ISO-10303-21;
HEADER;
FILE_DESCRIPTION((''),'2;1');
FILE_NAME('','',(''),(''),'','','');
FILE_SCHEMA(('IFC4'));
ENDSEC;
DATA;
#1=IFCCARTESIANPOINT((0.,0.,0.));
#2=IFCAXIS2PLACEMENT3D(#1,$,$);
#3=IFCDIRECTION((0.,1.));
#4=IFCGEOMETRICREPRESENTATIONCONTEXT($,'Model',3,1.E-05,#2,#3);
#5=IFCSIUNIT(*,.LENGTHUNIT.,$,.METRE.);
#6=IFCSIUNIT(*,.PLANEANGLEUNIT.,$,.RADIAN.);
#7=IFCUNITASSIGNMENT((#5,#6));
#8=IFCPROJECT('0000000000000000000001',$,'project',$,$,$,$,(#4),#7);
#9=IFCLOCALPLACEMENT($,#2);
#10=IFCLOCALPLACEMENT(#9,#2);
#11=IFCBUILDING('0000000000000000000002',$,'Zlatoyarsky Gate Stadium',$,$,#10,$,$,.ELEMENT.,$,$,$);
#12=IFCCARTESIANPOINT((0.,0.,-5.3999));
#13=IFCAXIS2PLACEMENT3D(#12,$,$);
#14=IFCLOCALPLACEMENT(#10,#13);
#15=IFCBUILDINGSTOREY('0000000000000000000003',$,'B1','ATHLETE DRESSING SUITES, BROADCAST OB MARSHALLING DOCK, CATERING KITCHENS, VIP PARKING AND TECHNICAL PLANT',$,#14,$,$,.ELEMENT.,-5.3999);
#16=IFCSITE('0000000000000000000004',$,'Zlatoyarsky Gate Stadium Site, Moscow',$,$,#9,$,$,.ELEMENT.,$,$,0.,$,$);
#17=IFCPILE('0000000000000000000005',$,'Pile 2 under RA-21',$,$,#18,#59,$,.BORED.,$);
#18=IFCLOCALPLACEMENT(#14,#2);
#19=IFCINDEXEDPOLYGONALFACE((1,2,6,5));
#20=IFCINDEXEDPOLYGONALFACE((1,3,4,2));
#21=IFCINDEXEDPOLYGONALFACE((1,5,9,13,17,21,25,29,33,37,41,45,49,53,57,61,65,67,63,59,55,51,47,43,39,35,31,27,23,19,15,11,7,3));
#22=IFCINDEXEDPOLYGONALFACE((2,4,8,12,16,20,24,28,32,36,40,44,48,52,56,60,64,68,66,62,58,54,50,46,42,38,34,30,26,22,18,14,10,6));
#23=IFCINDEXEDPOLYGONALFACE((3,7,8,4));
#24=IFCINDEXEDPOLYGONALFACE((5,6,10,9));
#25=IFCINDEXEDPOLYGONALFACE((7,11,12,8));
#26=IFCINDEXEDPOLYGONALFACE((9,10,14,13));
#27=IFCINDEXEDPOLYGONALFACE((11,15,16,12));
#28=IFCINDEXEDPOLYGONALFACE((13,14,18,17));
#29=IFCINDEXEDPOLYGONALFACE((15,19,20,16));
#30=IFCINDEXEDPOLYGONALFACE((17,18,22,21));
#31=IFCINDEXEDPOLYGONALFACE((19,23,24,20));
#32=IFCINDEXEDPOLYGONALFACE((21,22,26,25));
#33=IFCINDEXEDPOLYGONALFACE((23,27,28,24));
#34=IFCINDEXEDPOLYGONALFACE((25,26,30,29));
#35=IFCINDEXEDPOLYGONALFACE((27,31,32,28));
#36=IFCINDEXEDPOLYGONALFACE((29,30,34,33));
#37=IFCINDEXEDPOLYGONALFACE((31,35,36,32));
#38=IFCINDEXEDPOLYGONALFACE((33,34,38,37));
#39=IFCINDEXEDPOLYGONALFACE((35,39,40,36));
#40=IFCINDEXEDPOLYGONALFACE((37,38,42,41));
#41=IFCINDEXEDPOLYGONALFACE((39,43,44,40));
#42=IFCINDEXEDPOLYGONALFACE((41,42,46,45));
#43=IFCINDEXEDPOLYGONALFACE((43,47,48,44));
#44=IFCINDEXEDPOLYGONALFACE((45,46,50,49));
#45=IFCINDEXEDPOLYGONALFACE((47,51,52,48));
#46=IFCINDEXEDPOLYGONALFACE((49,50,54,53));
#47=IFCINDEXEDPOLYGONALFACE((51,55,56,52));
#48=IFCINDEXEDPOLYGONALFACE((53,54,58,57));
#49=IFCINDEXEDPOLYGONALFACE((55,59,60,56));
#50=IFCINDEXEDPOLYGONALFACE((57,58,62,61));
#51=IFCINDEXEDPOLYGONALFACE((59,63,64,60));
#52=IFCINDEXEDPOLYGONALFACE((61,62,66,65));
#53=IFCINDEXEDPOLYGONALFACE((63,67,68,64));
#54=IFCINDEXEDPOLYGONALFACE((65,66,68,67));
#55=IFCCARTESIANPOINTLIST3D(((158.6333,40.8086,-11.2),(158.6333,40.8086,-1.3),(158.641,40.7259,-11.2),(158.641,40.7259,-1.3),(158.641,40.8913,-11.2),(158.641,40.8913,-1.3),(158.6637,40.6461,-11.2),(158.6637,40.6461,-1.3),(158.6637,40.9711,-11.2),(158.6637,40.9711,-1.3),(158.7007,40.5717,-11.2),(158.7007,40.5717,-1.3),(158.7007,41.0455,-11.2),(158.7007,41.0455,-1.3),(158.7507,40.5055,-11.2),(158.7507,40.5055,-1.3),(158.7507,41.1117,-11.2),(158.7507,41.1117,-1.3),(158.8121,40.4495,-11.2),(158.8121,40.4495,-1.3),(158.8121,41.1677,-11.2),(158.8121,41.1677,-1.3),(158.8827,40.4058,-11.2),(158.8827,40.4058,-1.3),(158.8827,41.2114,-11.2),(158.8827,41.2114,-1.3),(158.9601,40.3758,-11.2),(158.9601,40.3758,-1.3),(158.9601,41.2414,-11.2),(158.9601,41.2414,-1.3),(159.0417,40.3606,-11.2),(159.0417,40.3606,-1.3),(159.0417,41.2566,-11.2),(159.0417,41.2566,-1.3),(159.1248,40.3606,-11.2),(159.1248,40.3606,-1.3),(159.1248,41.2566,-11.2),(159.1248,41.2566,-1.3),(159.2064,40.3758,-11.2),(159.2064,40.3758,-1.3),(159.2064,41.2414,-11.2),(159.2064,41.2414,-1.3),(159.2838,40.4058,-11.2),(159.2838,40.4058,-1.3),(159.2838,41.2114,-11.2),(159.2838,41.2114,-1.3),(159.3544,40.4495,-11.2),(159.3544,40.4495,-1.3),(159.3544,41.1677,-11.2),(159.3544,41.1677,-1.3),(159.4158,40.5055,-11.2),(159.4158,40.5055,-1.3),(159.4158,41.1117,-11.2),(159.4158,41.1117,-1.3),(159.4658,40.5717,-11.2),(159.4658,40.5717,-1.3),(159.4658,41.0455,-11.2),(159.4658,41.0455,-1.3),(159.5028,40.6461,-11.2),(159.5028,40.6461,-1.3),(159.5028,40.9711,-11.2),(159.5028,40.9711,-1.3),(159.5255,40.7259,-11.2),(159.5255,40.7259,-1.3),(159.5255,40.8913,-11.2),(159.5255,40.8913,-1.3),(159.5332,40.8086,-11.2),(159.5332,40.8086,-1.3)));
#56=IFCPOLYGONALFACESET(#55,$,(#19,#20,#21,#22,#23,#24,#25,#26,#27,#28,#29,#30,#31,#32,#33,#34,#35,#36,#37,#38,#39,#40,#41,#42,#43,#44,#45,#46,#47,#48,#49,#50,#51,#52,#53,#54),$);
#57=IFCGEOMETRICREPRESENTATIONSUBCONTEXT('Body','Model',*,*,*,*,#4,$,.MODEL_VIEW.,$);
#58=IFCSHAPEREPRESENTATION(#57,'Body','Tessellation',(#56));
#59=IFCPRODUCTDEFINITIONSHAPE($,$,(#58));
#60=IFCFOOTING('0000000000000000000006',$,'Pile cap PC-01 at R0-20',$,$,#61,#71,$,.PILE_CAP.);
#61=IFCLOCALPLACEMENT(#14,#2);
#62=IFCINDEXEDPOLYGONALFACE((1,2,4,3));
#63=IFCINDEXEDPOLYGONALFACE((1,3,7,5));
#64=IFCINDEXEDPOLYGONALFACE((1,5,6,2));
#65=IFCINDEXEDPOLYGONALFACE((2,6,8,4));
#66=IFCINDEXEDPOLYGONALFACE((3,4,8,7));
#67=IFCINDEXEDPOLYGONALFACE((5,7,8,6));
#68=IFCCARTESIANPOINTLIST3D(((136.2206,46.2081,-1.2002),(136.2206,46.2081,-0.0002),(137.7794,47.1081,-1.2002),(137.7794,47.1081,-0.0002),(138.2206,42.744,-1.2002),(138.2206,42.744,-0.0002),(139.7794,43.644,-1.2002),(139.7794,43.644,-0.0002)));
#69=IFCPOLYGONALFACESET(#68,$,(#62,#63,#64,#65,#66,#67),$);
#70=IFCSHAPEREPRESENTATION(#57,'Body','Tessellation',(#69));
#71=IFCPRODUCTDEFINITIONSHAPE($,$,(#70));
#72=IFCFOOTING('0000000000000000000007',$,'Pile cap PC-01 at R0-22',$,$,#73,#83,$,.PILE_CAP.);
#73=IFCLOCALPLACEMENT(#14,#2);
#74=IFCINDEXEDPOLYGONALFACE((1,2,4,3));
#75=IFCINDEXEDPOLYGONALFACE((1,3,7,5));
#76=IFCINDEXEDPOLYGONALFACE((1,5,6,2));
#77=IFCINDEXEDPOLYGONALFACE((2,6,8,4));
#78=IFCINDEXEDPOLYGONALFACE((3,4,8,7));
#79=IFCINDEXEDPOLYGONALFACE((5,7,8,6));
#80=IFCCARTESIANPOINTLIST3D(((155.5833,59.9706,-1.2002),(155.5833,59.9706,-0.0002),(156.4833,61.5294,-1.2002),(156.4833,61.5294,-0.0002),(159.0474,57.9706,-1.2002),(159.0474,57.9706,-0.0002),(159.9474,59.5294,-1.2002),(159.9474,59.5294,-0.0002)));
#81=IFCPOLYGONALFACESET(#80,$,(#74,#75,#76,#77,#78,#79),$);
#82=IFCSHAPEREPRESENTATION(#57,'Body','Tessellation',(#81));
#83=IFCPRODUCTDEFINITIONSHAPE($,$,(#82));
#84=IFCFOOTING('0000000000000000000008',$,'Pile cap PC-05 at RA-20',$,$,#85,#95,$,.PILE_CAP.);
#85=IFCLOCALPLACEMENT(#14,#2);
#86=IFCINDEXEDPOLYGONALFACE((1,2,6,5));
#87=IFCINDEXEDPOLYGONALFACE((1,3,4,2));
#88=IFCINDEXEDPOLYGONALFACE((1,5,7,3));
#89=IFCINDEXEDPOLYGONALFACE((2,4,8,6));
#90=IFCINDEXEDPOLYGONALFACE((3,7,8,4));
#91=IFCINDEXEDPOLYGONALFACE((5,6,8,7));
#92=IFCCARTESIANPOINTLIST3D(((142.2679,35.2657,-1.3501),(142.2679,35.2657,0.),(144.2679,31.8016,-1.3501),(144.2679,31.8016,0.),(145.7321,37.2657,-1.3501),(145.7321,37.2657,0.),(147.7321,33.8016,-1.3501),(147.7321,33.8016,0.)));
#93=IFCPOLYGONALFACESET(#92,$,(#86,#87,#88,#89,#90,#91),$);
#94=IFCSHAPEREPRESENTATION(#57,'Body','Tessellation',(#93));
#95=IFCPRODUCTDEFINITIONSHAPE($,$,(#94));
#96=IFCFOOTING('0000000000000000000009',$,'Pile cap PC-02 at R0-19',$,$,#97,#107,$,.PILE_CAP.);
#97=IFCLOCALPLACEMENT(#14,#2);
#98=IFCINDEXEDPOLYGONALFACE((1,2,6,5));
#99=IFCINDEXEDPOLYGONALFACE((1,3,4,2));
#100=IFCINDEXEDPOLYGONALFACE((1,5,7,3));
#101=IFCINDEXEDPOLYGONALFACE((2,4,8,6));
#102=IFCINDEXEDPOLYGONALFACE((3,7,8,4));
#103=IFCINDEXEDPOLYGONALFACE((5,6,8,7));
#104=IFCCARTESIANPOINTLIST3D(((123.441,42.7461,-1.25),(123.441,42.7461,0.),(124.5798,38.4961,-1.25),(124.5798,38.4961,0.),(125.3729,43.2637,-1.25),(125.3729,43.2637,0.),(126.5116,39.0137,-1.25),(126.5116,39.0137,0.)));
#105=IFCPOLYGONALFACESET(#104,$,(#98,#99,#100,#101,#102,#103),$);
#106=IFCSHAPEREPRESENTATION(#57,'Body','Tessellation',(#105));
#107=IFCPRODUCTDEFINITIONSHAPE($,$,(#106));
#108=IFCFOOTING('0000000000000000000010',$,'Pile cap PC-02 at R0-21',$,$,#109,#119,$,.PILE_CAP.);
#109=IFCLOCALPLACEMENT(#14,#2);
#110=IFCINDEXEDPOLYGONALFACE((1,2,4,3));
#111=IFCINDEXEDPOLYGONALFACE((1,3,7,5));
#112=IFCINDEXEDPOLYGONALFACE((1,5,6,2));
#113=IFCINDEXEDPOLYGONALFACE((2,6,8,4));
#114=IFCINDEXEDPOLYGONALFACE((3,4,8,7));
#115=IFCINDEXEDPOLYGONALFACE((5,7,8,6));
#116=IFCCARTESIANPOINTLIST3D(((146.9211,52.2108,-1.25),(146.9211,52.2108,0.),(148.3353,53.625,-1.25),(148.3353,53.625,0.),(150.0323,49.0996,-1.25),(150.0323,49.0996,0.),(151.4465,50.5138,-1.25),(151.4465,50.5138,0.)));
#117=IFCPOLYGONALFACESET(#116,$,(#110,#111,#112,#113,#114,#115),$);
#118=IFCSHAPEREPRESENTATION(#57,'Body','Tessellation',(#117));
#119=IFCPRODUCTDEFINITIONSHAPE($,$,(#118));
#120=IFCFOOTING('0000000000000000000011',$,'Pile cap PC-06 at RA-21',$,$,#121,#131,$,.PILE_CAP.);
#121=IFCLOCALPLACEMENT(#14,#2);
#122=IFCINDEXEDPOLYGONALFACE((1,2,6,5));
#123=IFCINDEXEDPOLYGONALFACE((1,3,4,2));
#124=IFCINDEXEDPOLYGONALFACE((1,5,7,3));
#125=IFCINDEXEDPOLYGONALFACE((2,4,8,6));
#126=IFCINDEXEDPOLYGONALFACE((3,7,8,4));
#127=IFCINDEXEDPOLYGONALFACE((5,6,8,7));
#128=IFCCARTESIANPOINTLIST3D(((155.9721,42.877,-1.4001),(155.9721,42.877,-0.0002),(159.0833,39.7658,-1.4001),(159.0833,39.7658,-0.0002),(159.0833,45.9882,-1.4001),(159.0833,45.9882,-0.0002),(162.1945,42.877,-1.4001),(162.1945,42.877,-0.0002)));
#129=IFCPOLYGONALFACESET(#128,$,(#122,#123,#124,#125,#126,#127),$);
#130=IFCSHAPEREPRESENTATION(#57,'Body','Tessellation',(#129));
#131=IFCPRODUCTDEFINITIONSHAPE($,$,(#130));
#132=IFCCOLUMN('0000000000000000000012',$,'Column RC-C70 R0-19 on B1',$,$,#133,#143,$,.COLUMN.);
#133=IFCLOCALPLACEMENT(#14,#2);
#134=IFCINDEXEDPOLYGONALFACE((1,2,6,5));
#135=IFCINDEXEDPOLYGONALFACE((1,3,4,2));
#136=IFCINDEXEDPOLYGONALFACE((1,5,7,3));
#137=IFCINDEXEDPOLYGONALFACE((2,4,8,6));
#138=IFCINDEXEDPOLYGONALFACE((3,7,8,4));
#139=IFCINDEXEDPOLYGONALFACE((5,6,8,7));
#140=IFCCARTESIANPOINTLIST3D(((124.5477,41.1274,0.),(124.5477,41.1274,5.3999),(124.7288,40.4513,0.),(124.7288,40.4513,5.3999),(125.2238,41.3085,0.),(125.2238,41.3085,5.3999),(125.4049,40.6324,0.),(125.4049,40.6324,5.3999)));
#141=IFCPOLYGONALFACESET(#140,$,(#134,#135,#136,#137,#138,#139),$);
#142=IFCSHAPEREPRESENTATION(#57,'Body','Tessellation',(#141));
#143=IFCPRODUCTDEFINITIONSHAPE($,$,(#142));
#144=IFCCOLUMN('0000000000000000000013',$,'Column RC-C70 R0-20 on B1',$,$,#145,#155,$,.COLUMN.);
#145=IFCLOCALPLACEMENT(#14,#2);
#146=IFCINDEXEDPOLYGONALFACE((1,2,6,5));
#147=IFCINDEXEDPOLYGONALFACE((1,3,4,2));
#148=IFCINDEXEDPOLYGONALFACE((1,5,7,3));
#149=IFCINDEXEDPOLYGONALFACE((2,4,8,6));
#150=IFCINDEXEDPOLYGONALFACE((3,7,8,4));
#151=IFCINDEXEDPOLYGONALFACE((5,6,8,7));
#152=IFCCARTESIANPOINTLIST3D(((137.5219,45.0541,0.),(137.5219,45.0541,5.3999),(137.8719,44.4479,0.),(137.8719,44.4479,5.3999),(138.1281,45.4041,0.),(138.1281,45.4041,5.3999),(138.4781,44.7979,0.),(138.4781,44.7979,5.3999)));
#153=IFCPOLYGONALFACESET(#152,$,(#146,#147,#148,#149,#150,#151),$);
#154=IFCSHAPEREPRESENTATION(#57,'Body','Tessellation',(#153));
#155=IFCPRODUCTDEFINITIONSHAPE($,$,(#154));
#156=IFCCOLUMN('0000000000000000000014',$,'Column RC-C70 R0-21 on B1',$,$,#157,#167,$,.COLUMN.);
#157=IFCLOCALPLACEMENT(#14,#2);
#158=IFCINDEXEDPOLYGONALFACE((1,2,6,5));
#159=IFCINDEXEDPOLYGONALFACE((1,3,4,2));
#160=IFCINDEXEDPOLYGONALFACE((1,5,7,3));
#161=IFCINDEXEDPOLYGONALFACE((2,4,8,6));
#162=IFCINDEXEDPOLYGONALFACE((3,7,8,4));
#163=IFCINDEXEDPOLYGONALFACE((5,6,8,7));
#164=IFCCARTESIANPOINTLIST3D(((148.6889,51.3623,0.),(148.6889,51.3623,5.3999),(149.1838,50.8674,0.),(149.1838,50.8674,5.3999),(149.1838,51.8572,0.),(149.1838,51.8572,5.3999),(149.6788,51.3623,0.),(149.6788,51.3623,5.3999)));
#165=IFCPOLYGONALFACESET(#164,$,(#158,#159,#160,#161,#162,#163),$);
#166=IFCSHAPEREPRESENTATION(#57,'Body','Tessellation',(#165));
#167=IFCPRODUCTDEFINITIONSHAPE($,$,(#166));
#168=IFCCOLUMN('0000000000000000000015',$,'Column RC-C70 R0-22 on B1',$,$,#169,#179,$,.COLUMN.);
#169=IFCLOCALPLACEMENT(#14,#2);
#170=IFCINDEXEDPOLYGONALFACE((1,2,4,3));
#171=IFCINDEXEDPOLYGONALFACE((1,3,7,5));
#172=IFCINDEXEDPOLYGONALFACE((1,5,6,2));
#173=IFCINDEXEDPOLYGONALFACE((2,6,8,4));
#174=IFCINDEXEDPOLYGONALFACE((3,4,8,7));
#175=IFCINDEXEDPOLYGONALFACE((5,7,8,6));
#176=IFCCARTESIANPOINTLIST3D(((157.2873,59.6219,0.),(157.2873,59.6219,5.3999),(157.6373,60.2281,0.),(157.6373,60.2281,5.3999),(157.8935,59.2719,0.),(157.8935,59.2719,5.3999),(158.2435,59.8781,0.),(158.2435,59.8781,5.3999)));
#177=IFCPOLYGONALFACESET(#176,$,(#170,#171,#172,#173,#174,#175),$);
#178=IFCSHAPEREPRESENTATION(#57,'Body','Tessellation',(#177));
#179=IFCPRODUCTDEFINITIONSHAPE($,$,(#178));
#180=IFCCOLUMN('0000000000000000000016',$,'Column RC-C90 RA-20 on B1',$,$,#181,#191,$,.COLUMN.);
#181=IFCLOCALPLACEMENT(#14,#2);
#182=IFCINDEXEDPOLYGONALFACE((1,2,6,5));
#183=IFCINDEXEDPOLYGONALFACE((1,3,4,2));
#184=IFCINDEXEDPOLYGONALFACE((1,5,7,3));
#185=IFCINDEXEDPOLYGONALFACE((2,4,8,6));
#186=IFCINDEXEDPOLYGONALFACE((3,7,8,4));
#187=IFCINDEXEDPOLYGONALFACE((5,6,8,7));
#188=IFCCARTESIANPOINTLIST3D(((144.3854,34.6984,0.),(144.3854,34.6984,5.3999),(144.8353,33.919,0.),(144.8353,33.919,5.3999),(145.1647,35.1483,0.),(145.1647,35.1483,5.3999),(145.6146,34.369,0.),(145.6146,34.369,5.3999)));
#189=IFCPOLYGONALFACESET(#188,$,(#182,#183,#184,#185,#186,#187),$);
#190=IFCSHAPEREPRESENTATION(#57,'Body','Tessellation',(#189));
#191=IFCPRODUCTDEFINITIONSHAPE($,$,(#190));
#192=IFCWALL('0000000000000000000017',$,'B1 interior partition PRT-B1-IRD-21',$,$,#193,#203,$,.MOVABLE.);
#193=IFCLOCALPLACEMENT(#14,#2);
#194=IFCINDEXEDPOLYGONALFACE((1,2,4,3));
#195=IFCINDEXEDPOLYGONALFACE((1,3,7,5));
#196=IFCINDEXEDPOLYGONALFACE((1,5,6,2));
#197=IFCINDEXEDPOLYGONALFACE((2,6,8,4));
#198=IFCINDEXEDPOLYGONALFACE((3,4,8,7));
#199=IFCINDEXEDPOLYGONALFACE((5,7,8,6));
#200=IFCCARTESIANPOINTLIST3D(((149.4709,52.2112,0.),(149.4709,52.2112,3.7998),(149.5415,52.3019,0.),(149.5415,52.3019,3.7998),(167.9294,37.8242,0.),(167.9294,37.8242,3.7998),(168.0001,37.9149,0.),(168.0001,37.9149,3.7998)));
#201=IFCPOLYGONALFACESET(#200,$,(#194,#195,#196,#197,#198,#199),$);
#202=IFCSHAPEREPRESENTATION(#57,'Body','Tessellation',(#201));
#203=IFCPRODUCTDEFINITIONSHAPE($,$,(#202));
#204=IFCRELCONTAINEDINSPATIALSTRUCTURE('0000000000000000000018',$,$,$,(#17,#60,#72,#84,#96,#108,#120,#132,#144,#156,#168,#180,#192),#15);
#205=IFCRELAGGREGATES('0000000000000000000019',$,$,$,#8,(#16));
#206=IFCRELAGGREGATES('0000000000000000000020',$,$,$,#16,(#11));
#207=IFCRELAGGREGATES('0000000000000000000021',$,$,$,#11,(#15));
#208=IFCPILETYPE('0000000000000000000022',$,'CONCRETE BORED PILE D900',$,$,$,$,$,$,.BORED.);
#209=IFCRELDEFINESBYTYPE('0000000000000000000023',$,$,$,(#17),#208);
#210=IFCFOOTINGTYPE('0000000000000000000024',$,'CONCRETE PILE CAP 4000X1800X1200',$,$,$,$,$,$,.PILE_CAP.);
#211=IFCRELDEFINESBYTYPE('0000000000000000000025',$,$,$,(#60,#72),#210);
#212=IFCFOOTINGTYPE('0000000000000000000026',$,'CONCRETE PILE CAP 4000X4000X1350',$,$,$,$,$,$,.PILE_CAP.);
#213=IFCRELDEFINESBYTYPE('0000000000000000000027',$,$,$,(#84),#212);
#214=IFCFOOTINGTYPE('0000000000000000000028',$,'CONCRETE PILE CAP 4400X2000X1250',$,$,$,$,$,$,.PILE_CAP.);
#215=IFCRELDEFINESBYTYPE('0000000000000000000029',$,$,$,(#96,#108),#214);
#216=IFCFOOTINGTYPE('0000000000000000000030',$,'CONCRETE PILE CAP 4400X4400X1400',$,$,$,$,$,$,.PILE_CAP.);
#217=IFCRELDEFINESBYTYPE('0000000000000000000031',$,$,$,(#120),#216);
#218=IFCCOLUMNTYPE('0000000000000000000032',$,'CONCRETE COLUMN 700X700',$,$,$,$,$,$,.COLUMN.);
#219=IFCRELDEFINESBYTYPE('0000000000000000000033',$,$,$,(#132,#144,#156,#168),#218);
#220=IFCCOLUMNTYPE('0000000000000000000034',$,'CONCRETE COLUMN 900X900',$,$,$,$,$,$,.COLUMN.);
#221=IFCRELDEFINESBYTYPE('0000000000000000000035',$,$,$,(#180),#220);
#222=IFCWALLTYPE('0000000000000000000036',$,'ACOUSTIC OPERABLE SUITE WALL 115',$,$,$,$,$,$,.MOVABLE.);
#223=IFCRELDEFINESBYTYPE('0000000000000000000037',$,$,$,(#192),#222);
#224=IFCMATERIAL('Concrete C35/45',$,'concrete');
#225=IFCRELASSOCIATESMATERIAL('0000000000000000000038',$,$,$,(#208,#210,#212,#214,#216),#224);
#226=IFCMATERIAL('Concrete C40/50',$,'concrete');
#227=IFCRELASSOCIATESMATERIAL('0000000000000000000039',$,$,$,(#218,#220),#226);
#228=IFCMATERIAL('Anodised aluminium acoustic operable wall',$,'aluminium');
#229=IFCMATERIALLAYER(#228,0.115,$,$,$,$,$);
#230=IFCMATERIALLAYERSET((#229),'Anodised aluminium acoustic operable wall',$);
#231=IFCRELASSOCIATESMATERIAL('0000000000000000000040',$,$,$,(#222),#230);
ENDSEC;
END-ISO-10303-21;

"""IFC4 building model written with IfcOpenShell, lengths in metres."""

from ifc_helpers import new_model, si_unit, direction, frame, frame_2d, origin, origin_2d, place, context, subcontext, project, spatial, rectangle, circle, extrude, material, layer, layer_set, material_profile, profile_set, type_object, element, save


model = new_model("IFC4")

# Units and contexts
model_context = context("Model", 3, precision=1e-05, world=origin(), true_north=direction((0.0, 1.0)))
body_context = subcontext(model_context, "Body", "Model", "MODEL_VIEW")
ifc_project = project(units=[si_unit("LENGTHUNIT", "METRE"), si_unit("PLANEANGLEUNIT", "RADIAN")], contexts=[model_context])

# Site, building, storey
site_placement = place(None, origin())
site = spatial("IfcSite", under=ifc_project, at=site_placement, Name="Zlatoyarsky Gate Stadium Site, Moscow", CompositionType="ELEMENT", RefElevation=0.0)
building_placement = place(site_placement, origin())
building = spatial("IfcBuilding", under=site, at=building_placement, Name="Zlatoyarsky Gate Stadium", CompositionType="ELEMENT")
storey_placement = place(building_placement, frame((0.0, 0.0, -5.3999)))
storey = spatial("IfcBuildingStorey", under=building, at=storey_placement, Name="B1", Description="ATHLETE DRESSING SUITES, BROADCAST OB MARSHALLING DOCK, CATERING KITCHENS, VIP PARKING AND TECHNICAL PLANT", CompositionType="ELEMENT", Elevation=-5.3999)

# Pile
ifc_material_1 = material(Name="Concrete C35/45", Category="concrete")
ifc_material_profile_1 = material_profile(ifc_material_1, circle(Radius=0.45, at=origin_2d()), Name="BORED PILE D900")
ifc_profile_set_1 = profile_set([ifc_material_profile_1], Name="Concrete C35/45")
pile_type_1 = type_object("IfcPileType", Name="CONCRETE BORED PILE D900", PredefinedType="BORED", material=ifc_profile_set_1)
for number, where, z_axis, x_axis, name in (
    (1, (159.0833, 40.8086, -1.3), (0.0, 0.0, -1.0), (1.0, 0.0, 0.0), "Pile 2 under RA-21"),
):
    element("IfcPile", number, at=place(storey_placement, frame(where, z_axis=z_axis, x_axis=x_axis)), inside=storey, type_object=pile_type_1, Name=name, PredefinedType="BORED", context=body_context, shape_type="SweptSolid", body=[
        extrude(circle(Radius=0.45, at=origin_2d()), origin(), (0.0, 0.0, 1.0), 9.8999),
    ])

# Footings
footing_type_1 = type_object("IfcFootingType", Name="CONCRETE PILE CAP 4000X1800X1200", PredefinedType="PILE_CAP", material=ifc_material_1)
for number, where, z_axis, x_axis, name in (
    (2, (138.0, 44.926, -1.2002), (0.0, 0.0, 1.0), (0.5, -0.866025, 0.0), "Pile cap PC-01 at R0-20"),
    (3, (157.7654, 59.75, -1.2002), (0.0, 0.0, 1.0), (0.866025, -0.5, 0.0), "Pile cap PC-01 at R0-22"),
):
    element("IfcFooting", number, at=place(storey_placement, frame(where, z_axis=z_axis, x_axis=x_axis)), inside=storey, type_object=footing_type_1, Name=name, PredefinedType="PILE_CAP", context=body_context, shape_type="SweptSolid", body=[
        extrude(rectangle(XDim=4.0, YDim=1.8, at=origin_2d()), origin(), (0.0, 0.0, 1.0), 1.2),
    ])
footing_type_2 = type_object("IfcFootingType", Name="CONCRETE PILE CAP 4000X4000X1350", PredefinedType="PILE_CAP", material=ifc_material_1)
footing_1_placement = place(storey_placement, frame((145.0, 34.5337, -1.3501), z_axis=(0.0, 0.0, 1.0), x_axis=(0.5, -0.866025, 0.0)))
element("IfcFooting", 4, at=footing_1_placement, inside=storey, type_object=footing_type_2, Name="Pile cap PC-05 at RA-20", PredefinedType="PILE_CAP", context=body_context, shape_type="SweptSolid", body=[
    extrude(rectangle(XDim=4.0, YDim=4.0, at=origin_2d()), origin(), (0.0, 0.0, 1.0), 1.3501),
])
footing_type_3 = type_object("IfcFootingType", Name="CONCRETE PILE CAP 4400X2000X1250", PredefinedType="PILE_CAP", material=ifc_material_1)
for number, where, z_axis, x_axis, name in (
    (5, (124.9763, 40.8799, -1.25), (0.0, 0.0, 1.0), (0.258819, -0.965926, 0.0), "Pile cap PC-02 at R0-19"),
    (6, (149.1838, 51.3623, -1.25), (0.0, 0.0, 1.0), (0.707107, -0.707107, 0.0), "Pile cap PC-02 at R0-21"),
):
    element("IfcFooting", number, at=place(storey_placement, frame(where, z_axis=z_axis, x_axis=x_axis)), inside=storey, type_object=footing_type_3, Name=name, PredefinedType="PILE_CAP", context=body_context, shape_type="SweptSolid", body=[
        extrude(rectangle(XDim=4.3999, YDim=2.0, at=origin_2d()), origin(), (0.0, 0.0, 1.0), 1.25),
    ])
footing_type_4 = type_object("IfcFootingType", Name="CONCRETE PILE CAP 4400X4400X1400", PredefinedType="PILE_CAP", material=ifc_material_1)
footing_2_placement = place(storey_placement, frame((159.0833, 42.877, -1.4001), z_axis=(0.0, 0.0, 1.0), x_axis=(0.707107, -0.707107, 0.0)))
element("IfcFooting", 7, at=footing_2_placement, inside=storey, type_object=footing_type_4, Name="Pile cap PC-06 at RA-21", PredefinedType="PILE_CAP", context=body_context, shape_type="SweptSolid", body=[
    extrude(rectangle(XDim=4.3999, YDim=4.3999, at=origin_2d()), origin(), (0.0, 0.0, 1.0), 1.3999),
])

# Columns
ifc_material_2 = material(Name="Concrete C40/50", Category="concrete")
ifc_material_profile_2 = material_profile(ifc_material_2, rectangle(XDim=0.7, YDim=0.7, at=origin_2d()), Name="RC COL 700X700")
ifc_profile_set_2 = profile_set([ifc_material_profile_2], Name="Concrete C40/50")
column_type_1 = type_object("IfcColumnType", Name="CONCRETE COLUMN 700X700", PredefinedType="COLUMN", material=ifc_profile_set_2)
for number, where, z_axis, x_axis, name in (
    (8, (124.9763, 40.8799, 0.0), (0.0, 0.0, 1.0), (0.258819, -0.965926, 0.0), "Column RC-C70 R0-19 on B1"),
    (9, (138.0, 44.926, 0.0), (0.0, 0.0, 1.0), (0.5, -0.866025, 0.0), "Column RC-C70 R0-20 on B1"),
    (10, (149.1838, 51.3623, 0.0), (0.0, 0.0, 1.0), (0.707107, -0.707107, 0.0), "Column RC-C70 R0-21 on B1"),
    (11, (157.7654, 59.75, 0.0), (0.0, 0.0, 1.0), (0.866025, -0.5, 0.0), "Column RC-C70 R0-22 on B1"),
):
    element("IfcColumn", number, at=place(storey_placement, frame(where, z_axis=z_axis, x_axis=x_axis)), inside=storey, type_object=column_type_1, Name=name, PredefinedType="COLUMN", context=body_context, shape_type="SweptSolid", body=[
        extrude(rectangle(XDim=0.7, YDim=0.7, at=origin_2d()), origin(), (0.0, 0.0, 1.0), 5.3999),
    ])
ifc_material_profile_3 = material_profile(ifc_material_2, rectangle(XDim=0.8999, YDim=0.8999, at=origin_2d()), Name="RC COL 900X900")
ifc_profile_set_3 = profile_set([ifc_material_profile_3], Name="Concrete C40/50")
column_type_2 = type_object("IfcColumnType", Name="CONCRETE COLUMN 900X900", PredefinedType="COLUMN", material=ifc_profile_set_3)
column_placement = place(storey_placement, frame((145.0, 34.5337, 0.0), z_axis=(0.0, 0.0, 1.0), x_axis=(0.5, -0.866025, 0.0)))
element("IfcColumn", 12, at=column_placement, inside=storey, type_object=column_type_2, Name="Column RC-C90 RA-20 on B1", PredefinedType="COLUMN", context=body_context, shape_type="SweptSolid", body=[
    extrude(rectangle(XDim=0.8999, YDim=0.8999, at=origin_2d()), origin(), (0.0, 0.0, 1.0), 5.3999),
])

# Wall
ifc_material_3 = material(Name="Anodised aluminium acoustic operable wall", Category="aluminium")
ifc_layer_1 = layer(ifc_material_3, 0.115)
ifc_layer_set_1 = layer_set([ifc_layer_1], Name="Anodised aluminium acoustic operable wall")
wall_type_1 = type_object("IfcWallType", Name="ACOUSTIC OPERABLE SUITE WALL 115", PredefinedType="MOVABLE", material=ifc_layer_set_1)
wall_1_placement = place(storey_placement, frame((149.5061, 52.2566, 0.0), z_axis=(0.0, 0.0, 1.0), x_axis=(0.788723, -0.614748, 0.0)))
element("IfcWall", 13, at=wall_1_placement, inside=storey, type_object=wall_type_1, Name="B1 interior partition PRT-B1-IRD-21", PredefinedType="MOVABLE", context=body_context, shape_type="SweptSolid", body=[
    extrude(rectangle(XDim=23.4031, YDim=0.115, at=frame_2d((11.7017, 0.0))), origin(), (0.0, 0.0, 1.0), 3.7998),
])

save(model, "model.ifc")
